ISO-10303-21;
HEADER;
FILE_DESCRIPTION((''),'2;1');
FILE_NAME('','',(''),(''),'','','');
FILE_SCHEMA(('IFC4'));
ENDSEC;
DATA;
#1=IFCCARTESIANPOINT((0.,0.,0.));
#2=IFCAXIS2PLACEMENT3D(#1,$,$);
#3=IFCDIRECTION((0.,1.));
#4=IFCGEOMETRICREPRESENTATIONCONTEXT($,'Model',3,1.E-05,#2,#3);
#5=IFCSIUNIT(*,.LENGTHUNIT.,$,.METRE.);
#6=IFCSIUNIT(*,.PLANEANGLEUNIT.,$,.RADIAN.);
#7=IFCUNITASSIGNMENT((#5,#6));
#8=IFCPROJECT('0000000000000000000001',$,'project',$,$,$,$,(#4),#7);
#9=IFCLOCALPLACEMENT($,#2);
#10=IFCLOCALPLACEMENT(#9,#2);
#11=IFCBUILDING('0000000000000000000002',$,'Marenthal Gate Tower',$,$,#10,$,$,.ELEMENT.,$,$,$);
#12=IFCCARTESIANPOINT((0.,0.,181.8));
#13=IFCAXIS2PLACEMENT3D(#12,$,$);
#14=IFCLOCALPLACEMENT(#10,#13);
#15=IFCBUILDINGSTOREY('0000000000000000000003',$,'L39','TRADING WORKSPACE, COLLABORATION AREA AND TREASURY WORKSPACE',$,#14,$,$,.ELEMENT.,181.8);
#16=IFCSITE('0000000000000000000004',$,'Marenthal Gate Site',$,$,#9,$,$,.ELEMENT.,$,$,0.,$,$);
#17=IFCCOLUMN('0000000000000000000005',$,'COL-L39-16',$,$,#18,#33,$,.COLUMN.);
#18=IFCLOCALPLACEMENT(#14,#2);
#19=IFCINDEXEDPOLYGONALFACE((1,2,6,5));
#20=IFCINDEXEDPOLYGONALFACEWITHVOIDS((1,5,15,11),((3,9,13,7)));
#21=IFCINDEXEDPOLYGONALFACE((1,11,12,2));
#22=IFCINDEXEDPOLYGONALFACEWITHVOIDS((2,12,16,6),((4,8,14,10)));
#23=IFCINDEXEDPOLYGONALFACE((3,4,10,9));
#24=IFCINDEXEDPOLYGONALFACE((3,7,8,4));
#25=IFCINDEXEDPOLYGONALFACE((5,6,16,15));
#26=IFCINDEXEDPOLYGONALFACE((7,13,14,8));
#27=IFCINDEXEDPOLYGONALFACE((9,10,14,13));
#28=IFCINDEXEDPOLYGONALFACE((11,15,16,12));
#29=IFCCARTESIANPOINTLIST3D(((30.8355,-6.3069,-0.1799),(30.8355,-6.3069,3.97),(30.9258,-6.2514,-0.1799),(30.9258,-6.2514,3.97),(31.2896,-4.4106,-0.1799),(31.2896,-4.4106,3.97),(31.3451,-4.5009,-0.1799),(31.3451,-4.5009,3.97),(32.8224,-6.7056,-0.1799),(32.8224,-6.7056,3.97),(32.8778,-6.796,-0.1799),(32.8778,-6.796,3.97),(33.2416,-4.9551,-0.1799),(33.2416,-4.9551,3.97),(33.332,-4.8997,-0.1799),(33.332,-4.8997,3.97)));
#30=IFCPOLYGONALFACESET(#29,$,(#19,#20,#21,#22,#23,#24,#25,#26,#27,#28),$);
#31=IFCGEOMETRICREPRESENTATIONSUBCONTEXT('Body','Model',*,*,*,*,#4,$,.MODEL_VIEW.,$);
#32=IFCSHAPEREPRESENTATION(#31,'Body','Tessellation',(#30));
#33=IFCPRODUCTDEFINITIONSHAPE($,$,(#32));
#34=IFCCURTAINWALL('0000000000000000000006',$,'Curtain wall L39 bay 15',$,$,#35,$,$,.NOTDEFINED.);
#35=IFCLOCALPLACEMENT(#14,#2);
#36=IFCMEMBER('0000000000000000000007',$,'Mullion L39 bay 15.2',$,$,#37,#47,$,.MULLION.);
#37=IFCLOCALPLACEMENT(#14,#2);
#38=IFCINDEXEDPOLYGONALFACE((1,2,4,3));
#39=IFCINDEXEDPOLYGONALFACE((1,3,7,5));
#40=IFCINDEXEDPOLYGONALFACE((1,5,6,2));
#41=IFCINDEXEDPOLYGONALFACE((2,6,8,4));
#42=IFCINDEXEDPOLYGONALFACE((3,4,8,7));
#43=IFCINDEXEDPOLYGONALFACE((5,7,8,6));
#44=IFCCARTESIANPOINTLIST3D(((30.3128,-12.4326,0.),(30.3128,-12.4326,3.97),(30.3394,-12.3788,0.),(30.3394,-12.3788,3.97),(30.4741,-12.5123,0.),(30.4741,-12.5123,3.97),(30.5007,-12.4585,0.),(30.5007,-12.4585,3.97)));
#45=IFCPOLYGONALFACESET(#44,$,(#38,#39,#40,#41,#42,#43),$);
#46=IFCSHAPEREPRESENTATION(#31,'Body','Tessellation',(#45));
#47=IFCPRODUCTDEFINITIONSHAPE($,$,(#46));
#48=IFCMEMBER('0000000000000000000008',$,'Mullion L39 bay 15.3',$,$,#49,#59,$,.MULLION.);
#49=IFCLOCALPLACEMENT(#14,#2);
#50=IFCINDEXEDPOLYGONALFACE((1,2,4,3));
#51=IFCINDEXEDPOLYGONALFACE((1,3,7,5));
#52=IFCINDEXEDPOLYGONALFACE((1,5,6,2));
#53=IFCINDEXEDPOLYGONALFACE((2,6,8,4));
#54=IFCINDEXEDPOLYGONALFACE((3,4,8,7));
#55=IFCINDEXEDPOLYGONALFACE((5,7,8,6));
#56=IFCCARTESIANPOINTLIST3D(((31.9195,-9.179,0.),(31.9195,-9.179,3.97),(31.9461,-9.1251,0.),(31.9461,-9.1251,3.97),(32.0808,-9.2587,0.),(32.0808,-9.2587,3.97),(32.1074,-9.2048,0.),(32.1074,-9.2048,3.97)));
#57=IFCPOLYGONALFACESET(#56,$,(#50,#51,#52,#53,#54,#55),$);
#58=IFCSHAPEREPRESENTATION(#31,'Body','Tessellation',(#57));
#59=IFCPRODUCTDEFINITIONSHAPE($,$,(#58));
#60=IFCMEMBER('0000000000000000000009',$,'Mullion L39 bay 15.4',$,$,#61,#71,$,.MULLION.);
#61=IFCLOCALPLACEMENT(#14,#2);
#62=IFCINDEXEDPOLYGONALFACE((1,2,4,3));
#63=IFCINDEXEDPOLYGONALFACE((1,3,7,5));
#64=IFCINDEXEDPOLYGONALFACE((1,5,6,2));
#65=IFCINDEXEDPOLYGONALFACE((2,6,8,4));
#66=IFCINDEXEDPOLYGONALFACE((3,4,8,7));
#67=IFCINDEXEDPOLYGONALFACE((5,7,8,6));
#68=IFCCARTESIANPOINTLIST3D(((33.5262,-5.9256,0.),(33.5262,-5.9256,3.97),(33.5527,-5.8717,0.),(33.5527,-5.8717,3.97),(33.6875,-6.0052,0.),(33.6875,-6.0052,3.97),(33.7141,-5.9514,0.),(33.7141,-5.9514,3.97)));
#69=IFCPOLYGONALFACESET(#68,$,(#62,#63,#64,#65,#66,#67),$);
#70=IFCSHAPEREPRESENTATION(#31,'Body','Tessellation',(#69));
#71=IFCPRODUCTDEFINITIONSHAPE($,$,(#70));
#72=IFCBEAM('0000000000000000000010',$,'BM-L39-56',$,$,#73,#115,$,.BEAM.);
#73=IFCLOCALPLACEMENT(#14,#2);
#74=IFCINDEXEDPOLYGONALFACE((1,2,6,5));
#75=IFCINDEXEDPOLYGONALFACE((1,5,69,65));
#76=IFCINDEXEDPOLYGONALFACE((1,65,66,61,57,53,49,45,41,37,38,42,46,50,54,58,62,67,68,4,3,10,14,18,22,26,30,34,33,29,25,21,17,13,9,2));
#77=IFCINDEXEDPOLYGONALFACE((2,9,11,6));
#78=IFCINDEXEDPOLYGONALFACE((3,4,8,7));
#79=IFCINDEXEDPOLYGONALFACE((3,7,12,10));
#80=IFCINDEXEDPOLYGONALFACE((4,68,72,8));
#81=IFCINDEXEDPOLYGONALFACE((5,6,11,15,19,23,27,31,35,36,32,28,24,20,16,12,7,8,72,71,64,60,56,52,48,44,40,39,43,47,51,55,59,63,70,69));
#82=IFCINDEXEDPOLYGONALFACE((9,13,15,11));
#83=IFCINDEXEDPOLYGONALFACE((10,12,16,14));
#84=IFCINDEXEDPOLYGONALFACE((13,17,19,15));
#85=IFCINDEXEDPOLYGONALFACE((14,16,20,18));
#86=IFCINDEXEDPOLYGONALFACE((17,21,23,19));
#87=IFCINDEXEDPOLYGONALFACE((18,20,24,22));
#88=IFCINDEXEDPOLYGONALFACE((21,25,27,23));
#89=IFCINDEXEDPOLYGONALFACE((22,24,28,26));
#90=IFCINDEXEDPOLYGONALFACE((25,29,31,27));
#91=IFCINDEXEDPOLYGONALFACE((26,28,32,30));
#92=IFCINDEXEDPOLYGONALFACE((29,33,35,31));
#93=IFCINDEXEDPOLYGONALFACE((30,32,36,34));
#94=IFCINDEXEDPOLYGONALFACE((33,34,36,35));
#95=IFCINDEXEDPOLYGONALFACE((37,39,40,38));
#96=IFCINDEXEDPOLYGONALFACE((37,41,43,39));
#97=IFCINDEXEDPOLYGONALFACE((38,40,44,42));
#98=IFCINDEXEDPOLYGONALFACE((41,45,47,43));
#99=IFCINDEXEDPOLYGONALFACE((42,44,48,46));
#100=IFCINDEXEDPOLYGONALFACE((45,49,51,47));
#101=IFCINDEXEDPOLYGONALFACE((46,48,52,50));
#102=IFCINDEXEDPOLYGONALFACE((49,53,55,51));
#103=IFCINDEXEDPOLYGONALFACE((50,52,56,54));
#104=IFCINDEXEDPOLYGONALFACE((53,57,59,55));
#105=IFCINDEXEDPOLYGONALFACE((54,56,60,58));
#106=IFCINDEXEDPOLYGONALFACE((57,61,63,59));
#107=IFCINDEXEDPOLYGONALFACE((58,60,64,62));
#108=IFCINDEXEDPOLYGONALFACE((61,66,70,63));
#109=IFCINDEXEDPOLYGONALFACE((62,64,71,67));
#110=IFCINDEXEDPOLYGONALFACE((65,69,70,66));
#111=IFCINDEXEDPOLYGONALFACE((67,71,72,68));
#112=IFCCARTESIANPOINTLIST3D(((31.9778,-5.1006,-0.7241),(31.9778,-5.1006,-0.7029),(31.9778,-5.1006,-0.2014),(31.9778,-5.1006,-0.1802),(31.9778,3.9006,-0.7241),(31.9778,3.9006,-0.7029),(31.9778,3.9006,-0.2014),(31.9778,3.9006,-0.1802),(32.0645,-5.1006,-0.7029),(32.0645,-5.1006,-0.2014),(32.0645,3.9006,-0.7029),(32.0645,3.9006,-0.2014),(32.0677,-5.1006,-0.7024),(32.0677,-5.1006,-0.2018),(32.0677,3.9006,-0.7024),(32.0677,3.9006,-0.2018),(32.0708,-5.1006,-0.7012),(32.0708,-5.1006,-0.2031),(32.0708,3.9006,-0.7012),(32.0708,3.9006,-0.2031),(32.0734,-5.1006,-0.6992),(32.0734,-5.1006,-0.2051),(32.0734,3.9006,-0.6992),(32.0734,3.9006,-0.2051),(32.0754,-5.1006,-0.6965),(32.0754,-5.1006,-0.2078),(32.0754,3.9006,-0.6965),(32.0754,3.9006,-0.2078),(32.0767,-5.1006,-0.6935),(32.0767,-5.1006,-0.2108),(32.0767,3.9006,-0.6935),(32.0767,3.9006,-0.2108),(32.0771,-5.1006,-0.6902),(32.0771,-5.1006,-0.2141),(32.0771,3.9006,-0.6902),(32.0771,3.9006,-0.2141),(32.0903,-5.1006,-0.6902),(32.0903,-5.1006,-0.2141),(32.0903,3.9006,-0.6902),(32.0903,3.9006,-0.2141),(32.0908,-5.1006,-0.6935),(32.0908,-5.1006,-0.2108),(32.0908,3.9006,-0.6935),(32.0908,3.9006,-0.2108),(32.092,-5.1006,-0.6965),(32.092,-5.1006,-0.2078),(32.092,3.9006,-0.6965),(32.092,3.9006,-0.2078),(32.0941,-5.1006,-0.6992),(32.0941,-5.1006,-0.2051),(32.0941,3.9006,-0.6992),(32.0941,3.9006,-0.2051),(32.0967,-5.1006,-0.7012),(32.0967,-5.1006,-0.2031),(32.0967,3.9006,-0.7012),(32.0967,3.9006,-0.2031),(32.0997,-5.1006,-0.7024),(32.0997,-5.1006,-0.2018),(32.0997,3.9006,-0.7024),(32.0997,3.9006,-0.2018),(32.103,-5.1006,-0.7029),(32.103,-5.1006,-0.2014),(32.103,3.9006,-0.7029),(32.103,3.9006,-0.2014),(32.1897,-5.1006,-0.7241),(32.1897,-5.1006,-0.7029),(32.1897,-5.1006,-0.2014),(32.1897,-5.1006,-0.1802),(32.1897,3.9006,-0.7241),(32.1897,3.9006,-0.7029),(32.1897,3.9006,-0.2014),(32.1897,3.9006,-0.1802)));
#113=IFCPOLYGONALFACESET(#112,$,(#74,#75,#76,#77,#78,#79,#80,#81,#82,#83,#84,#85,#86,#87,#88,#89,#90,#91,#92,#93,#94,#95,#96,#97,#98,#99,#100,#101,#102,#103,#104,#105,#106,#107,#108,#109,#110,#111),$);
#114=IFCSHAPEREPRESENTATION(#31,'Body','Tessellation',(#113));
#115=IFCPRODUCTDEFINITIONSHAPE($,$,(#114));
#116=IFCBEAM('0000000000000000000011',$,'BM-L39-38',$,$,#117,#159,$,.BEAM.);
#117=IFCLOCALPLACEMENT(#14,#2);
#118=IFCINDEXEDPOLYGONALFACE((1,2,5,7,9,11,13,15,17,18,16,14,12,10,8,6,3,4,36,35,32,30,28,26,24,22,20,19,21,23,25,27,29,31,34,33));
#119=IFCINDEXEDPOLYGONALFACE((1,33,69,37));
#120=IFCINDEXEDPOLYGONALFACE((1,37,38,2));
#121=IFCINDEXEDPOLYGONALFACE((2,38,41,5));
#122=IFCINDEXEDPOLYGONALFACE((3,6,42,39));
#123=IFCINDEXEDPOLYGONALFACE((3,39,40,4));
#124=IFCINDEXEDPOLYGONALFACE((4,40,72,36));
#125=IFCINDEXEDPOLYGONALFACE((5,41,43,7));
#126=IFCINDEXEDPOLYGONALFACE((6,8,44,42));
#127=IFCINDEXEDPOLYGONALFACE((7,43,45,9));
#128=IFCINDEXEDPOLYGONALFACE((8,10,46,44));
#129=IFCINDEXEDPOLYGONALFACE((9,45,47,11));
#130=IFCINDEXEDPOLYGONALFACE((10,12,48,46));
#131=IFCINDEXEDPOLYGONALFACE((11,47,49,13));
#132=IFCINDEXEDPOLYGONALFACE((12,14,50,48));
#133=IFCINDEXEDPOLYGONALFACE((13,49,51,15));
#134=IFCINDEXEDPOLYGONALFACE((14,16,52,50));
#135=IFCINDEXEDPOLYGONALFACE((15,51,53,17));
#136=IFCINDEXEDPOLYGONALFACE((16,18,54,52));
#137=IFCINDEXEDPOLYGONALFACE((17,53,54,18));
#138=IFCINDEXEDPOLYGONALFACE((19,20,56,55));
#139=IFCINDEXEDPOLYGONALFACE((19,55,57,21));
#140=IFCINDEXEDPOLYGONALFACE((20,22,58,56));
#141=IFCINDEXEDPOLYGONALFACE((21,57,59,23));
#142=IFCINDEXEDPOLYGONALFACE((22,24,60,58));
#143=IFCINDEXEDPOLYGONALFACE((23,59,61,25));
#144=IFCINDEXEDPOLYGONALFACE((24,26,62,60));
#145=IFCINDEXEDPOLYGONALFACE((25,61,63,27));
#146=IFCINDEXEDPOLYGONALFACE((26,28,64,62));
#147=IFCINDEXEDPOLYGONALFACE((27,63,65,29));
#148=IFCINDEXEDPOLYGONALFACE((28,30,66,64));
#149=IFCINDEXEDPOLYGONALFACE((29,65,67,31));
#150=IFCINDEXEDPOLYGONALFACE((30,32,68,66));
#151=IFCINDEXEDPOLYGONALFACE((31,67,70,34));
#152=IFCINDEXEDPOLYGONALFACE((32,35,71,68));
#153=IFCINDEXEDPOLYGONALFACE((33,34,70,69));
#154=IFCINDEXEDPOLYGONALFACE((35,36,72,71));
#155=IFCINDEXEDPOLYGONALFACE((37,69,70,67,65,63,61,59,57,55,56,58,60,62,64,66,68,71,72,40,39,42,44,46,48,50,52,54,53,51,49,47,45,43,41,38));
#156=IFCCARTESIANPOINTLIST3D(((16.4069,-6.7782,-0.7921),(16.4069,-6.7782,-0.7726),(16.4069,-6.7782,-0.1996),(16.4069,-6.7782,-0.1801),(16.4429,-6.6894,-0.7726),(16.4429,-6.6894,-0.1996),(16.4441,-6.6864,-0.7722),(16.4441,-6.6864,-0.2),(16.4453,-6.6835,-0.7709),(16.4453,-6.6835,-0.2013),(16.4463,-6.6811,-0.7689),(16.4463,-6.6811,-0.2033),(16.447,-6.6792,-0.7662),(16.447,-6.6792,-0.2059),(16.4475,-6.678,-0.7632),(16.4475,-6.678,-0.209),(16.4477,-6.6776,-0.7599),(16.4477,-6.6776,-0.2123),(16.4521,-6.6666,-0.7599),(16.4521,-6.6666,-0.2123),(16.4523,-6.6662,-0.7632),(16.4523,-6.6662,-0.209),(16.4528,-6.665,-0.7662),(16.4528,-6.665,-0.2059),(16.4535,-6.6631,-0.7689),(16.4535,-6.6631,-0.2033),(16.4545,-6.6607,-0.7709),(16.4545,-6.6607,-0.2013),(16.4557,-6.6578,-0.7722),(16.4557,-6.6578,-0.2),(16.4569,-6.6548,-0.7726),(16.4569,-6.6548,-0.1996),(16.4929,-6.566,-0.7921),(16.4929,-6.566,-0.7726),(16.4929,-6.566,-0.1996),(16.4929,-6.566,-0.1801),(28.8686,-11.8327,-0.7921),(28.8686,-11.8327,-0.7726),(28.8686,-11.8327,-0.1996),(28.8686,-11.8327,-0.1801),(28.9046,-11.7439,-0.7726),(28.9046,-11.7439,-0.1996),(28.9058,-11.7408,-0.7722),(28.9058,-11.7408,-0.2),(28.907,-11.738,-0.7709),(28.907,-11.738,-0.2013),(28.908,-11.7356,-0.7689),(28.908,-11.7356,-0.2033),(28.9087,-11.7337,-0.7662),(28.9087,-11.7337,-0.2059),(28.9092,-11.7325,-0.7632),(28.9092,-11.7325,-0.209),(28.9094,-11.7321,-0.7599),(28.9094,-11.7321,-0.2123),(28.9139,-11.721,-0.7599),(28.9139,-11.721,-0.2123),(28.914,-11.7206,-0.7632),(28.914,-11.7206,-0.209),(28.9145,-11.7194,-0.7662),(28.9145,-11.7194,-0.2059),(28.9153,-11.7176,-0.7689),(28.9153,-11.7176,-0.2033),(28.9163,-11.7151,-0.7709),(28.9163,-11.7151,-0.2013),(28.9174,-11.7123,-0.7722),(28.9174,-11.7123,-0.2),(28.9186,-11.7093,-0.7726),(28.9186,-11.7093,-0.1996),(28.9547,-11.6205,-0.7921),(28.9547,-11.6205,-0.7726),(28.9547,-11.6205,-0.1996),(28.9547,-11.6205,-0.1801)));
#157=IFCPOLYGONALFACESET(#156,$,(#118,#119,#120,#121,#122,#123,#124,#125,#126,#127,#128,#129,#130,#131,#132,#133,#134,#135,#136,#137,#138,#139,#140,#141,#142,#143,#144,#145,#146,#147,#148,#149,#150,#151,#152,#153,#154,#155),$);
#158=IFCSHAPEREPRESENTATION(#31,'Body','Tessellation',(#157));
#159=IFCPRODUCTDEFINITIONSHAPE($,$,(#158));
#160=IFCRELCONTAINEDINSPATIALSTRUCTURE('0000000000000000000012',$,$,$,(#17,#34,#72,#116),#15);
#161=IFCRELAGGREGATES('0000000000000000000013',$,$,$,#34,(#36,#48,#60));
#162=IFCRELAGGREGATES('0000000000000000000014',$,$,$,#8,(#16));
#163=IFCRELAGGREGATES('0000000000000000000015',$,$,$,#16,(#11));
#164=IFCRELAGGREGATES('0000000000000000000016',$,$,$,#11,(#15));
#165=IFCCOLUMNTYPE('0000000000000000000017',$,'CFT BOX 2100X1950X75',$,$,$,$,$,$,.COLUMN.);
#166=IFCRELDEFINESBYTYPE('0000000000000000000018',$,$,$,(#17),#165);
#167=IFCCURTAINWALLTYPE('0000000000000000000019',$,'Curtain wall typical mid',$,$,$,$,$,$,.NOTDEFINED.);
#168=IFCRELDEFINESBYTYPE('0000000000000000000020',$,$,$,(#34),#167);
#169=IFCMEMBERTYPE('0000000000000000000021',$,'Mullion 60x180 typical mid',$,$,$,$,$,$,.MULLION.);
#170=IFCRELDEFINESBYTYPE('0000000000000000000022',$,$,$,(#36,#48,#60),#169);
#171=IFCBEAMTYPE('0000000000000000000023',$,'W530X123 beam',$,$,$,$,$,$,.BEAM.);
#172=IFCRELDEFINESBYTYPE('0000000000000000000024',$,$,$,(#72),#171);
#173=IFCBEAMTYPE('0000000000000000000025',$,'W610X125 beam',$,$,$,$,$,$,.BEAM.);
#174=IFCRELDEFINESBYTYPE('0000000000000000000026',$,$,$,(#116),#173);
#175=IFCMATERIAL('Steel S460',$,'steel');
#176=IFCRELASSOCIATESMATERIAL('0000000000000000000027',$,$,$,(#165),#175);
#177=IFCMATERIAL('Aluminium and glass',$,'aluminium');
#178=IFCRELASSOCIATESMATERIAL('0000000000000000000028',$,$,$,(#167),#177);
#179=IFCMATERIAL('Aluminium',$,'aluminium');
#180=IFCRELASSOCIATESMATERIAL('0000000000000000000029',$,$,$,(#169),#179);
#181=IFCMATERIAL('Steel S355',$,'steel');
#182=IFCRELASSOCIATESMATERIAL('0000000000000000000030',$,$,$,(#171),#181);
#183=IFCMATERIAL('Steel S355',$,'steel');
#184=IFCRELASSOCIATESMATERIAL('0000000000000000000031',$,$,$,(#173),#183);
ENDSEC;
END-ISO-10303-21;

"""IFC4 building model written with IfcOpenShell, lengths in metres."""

from ifc_helpers import new_model, si_unit, direction, frame, origin, origin_2d, place, context, subcontext, project, spatial, rectangle, hollow_rectangle, i_section, extrude, material, material_profile, profile_set, type_object, element, aggregate, save


model = new_model("IFC4")

# Units and contexts
model_context = context("Model", 3, precision=1e-05, world=origin(), true_north=direction((0.0, 1.0)))
body_context = subcontext(model_context, "Body", "Model", "MODEL_VIEW")
ifc_project = project(units=[si_unit("LENGTHUNIT", "METRE"), si_unit("PLANEANGLEUNIT", "RADIAN")], contexts=[model_context])

# Site, building, storey
site_placement = place(None, origin())
site = spatial("IfcSite", under=ifc_project, at=site_placement, Name="Marenthal Gate Site", CompositionType="ELEMENT", RefElevation=0.0)
building_placement = place(site_placement, origin())
building = spatial("IfcBuilding", under=site, at=building_placement, Name="Marenthal Gate Tower", CompositionType="ELEMENT")
storey_placement = place(building_placement, frame((0.0, 0.0, 181.8)))
storey = spatial("IfcBuildingStorey", under=building, at=storey_placement, Name="L39", Description="TRADING WORKSPACE, COLLABORATION AREA AND TREASURY WORKSPACE", CompositionType="ELEMENT", Elevation=181.8)

# Column
ifc_material_1 = material(Name="Steel S460", Category="steel")
ifc_material_profile_1 = material_profile(ifc_material_1, hollow_rectangle(XDim=1.95, YDim=2.1001, WallThickness=0.075, at=origin_2d()), Name="CFT BOX 2100X1950X75")
ifc_material_2 = material(Name="Concrete 70 MPa", Category="concrete")
ifc_material_profile_2 = material_profile(ifc_material_2, rectangle(XDim=1.8, YDim=1.95, at=origin_2d()), Name="CFT BOX 2100X1950X75 INFILL")
ifc_profile_set_1 = profile_set([ifc_material_profile_1, ifc_material_profile_2], Name="Steel S460 shell, Concrete 70 MPa infill")
column_type = type_object("IfcColumnType", Name="CFT BOX 2100X1950X75", PredefinedType="COLUMN", material=ifc_profile_set_1)
column_placement = place(storey_placement, frame((32.0837, -5.6033, -0.1799), z_axis=(0.0, 0.0, 1.0), x_axis=(-0.232899, -0.972501, 0.0)))
element("IfcColumn", 1, at=column_placement, inside=storey, type_object=column_type, Name="COL-L39-16", PredefinedType="COLUMN", context=body_context, shape_type="SweptSolid", body=[
    extrude(hollow_rectangle(XDim=1.95, YDim=2.1001, WallThickness=0.075, at=origin_2d()), origin(), (0.0, 0.0, 1.0), 4.1499),
])

# Curtain wall, members
ifc_material_3 = material(Name="Aluminium and glass", Category="aluminium")
curtain_wall_type = type_object("IfcCurtainWallType", Name="Curtain wall typical mid", PredefinedType="NOTDEFINED", material=ifc_material_3)
curtain_wall_placement = place(storey_placement, origin())
curtain_wall = element("IfcCurtainWall", 2, at=curtain_wall_placement, inside=storey, type_object=curtain_wall_type, Name="Curtain wall L39 bay 15", PredefinedType="NOTDEFINED")
ifc_material_4 = material(Name="Aluminium", Category="aluminium")
ifc_material_profile_3 = material_profile(ifc_material_4, rectangle(XDim=0.1799, YDim=0.0601, at=origin_2d()), Name="60x180 aluminium mullion")
ifc_profile_set_2 = profile_set([ifc_material_profile_3], Name="Aluminium")
member_type = type_object("IfcMemberType", Name="Mullion 60x180 typical mid", PredefinedType="MULLION", material=ifc_profile_set_2)
member_1_placement = place(storey_placement, frame((30.4067, -12.4456, 0.0), z_axis=(0.0, 0.0, 1.0), x_axis=(-0.896643, 0.442753, 0.0)))
member_1 = element("IfcMember", 3, at=member_1_placement, type_object=member_type, Name="Mullion L39 bay 15.2", PredefinedType="MULLION", context=body_context, shape_type="SweptSolid", body=[
    extrude(rectangle(XDim=0.1799, YDim=0.0601, at=origin_2d()), origin(), (0.0, 0.0, 1.0), 3.97),
])
member_2_placement = place(storey_placement, frame((32.0134, -9.1919, 0.0), z_axis=(0.0, 0.0, 1.0), x_axis=(-0.896643, 0.442753, 0.0)))
member_2 = element("IfcMember", 4, at=member_2_placement, type_object=member_type, Name="Mullion L39 bay 15.3", PredefinedType="MULLION", context=body_context, shape_type="SweptSolid", body=[
    extrude(rectangle(XDim=0.1799, YDim=0.0601, at=origin_2d()), origin(), (0.0, 0.0, 1.0), 3.97),
])
member_3_placement = place(storey_placement, frame((33.6201, -5.9385, 0.0), z_axis=(0.0, 0.0, 1.0), x_axis=(-0.896643, 0.442753, 0.0)))
member_3 = element("IfcMember", 5, at=member_3_placement, type_object=member_type, Name="Mullion L39 bay 15.4", PredefinedType="MULLION", context=body_context, shape_type="SweptSolid", body=[
    extrude(rectangle(XDim=0.1799, YDim=0.0601, at=origin_2d()), origin(), (0.0, 0.0, 1.0), 3.97),
])

# Beams
ifc_material_5 = material(Name="Steel S355", Category="steel")
ifc_material_profile_4 = material_profile(ifc_material_5, i_section(OverallWidth=0.2119, OverallDepth=0.5439, WebThickness=0.0132, FlangeThickness=0.0212, FilletRadius=0.0127, at=origin_2d()), Name="W530X123")
ifc_profile_set_3 = profile_set([ifc_material_profile_4], Name="Steel S355")
beam_type_1 = type_object("IfcBeamType", Name="W530X123 beam", PredefinedType="BEAM", material=ifc_profile_set_3)
beam_1_placement = place(storey_placement, frame((32.0837, -5.1006, -0.4521), z_axis=(0.0, 1.0, 0.0), x_axis=(-1.0, 0.0, 0.0)))
element("IfcBeam", 6, at=beam_1_placement, inside=storey, type_object=beam_type_1, Name="BM-L39-56", PredefinedType="BEAM", context=body_context, shape_type="SweptSolid", body=[
    extrude(i_section(OverallWidth=0.2119, OverallDepth=0.5439, WebThickness=0.0132, FlangeThickness=0.0212, FilletRadius=0.0127, at=origin_2d()), origin(), (0.0, 0.0, 1.0), 9.0012),
])
ifc_material_6 = material(Name="Steel S355", Category="steel")
ifc_material_profile_5 = material_profile(ifc_material_6, i_section(OverallWidth=0.229, OverallDepth=0.6121, WebThickness=0.012, FlangeThickness=0.0195, FilletRadius=0.0127, at=origin_2d()), Name="W610X125")
ifc_profile_set_4 = profile_set([ifc_material_profile_5], Name="Steel S355")
beam_type_2 = type_object("IfcBeamType", Name="W610X125 beam", PredefinedType="BEAM", material=ifc_profile_set_4)
beam_2_placement = place(storey_placement, frame((28.9116, -11.7266, -0.4861), z_axis=(-0.926677, 0.375859, 0.0), x_axis=(-0.375859, -0.926677, 0.0)))
element("IfcBeam", 7, at=beam_2_placement, inside=storey, type_object=beam_type_2, Name="BM-L39-38", PredefinedType="BEAM", context=body_context, shape_type="SweptSolid", body=[
    extrude(i_section(OverallWidth=0.229, OverallDepth=0.6121, WebThickness=0.012, FlangeThickness=0.0195, FilletRadius=0.0127, at=origin_2d()), origin(), (0.0, 0.0, 1.0), 13.4478),
])

aggregate(curtain_wall, [member_1, member_2, member_3])

save(model, "model.ifc")
